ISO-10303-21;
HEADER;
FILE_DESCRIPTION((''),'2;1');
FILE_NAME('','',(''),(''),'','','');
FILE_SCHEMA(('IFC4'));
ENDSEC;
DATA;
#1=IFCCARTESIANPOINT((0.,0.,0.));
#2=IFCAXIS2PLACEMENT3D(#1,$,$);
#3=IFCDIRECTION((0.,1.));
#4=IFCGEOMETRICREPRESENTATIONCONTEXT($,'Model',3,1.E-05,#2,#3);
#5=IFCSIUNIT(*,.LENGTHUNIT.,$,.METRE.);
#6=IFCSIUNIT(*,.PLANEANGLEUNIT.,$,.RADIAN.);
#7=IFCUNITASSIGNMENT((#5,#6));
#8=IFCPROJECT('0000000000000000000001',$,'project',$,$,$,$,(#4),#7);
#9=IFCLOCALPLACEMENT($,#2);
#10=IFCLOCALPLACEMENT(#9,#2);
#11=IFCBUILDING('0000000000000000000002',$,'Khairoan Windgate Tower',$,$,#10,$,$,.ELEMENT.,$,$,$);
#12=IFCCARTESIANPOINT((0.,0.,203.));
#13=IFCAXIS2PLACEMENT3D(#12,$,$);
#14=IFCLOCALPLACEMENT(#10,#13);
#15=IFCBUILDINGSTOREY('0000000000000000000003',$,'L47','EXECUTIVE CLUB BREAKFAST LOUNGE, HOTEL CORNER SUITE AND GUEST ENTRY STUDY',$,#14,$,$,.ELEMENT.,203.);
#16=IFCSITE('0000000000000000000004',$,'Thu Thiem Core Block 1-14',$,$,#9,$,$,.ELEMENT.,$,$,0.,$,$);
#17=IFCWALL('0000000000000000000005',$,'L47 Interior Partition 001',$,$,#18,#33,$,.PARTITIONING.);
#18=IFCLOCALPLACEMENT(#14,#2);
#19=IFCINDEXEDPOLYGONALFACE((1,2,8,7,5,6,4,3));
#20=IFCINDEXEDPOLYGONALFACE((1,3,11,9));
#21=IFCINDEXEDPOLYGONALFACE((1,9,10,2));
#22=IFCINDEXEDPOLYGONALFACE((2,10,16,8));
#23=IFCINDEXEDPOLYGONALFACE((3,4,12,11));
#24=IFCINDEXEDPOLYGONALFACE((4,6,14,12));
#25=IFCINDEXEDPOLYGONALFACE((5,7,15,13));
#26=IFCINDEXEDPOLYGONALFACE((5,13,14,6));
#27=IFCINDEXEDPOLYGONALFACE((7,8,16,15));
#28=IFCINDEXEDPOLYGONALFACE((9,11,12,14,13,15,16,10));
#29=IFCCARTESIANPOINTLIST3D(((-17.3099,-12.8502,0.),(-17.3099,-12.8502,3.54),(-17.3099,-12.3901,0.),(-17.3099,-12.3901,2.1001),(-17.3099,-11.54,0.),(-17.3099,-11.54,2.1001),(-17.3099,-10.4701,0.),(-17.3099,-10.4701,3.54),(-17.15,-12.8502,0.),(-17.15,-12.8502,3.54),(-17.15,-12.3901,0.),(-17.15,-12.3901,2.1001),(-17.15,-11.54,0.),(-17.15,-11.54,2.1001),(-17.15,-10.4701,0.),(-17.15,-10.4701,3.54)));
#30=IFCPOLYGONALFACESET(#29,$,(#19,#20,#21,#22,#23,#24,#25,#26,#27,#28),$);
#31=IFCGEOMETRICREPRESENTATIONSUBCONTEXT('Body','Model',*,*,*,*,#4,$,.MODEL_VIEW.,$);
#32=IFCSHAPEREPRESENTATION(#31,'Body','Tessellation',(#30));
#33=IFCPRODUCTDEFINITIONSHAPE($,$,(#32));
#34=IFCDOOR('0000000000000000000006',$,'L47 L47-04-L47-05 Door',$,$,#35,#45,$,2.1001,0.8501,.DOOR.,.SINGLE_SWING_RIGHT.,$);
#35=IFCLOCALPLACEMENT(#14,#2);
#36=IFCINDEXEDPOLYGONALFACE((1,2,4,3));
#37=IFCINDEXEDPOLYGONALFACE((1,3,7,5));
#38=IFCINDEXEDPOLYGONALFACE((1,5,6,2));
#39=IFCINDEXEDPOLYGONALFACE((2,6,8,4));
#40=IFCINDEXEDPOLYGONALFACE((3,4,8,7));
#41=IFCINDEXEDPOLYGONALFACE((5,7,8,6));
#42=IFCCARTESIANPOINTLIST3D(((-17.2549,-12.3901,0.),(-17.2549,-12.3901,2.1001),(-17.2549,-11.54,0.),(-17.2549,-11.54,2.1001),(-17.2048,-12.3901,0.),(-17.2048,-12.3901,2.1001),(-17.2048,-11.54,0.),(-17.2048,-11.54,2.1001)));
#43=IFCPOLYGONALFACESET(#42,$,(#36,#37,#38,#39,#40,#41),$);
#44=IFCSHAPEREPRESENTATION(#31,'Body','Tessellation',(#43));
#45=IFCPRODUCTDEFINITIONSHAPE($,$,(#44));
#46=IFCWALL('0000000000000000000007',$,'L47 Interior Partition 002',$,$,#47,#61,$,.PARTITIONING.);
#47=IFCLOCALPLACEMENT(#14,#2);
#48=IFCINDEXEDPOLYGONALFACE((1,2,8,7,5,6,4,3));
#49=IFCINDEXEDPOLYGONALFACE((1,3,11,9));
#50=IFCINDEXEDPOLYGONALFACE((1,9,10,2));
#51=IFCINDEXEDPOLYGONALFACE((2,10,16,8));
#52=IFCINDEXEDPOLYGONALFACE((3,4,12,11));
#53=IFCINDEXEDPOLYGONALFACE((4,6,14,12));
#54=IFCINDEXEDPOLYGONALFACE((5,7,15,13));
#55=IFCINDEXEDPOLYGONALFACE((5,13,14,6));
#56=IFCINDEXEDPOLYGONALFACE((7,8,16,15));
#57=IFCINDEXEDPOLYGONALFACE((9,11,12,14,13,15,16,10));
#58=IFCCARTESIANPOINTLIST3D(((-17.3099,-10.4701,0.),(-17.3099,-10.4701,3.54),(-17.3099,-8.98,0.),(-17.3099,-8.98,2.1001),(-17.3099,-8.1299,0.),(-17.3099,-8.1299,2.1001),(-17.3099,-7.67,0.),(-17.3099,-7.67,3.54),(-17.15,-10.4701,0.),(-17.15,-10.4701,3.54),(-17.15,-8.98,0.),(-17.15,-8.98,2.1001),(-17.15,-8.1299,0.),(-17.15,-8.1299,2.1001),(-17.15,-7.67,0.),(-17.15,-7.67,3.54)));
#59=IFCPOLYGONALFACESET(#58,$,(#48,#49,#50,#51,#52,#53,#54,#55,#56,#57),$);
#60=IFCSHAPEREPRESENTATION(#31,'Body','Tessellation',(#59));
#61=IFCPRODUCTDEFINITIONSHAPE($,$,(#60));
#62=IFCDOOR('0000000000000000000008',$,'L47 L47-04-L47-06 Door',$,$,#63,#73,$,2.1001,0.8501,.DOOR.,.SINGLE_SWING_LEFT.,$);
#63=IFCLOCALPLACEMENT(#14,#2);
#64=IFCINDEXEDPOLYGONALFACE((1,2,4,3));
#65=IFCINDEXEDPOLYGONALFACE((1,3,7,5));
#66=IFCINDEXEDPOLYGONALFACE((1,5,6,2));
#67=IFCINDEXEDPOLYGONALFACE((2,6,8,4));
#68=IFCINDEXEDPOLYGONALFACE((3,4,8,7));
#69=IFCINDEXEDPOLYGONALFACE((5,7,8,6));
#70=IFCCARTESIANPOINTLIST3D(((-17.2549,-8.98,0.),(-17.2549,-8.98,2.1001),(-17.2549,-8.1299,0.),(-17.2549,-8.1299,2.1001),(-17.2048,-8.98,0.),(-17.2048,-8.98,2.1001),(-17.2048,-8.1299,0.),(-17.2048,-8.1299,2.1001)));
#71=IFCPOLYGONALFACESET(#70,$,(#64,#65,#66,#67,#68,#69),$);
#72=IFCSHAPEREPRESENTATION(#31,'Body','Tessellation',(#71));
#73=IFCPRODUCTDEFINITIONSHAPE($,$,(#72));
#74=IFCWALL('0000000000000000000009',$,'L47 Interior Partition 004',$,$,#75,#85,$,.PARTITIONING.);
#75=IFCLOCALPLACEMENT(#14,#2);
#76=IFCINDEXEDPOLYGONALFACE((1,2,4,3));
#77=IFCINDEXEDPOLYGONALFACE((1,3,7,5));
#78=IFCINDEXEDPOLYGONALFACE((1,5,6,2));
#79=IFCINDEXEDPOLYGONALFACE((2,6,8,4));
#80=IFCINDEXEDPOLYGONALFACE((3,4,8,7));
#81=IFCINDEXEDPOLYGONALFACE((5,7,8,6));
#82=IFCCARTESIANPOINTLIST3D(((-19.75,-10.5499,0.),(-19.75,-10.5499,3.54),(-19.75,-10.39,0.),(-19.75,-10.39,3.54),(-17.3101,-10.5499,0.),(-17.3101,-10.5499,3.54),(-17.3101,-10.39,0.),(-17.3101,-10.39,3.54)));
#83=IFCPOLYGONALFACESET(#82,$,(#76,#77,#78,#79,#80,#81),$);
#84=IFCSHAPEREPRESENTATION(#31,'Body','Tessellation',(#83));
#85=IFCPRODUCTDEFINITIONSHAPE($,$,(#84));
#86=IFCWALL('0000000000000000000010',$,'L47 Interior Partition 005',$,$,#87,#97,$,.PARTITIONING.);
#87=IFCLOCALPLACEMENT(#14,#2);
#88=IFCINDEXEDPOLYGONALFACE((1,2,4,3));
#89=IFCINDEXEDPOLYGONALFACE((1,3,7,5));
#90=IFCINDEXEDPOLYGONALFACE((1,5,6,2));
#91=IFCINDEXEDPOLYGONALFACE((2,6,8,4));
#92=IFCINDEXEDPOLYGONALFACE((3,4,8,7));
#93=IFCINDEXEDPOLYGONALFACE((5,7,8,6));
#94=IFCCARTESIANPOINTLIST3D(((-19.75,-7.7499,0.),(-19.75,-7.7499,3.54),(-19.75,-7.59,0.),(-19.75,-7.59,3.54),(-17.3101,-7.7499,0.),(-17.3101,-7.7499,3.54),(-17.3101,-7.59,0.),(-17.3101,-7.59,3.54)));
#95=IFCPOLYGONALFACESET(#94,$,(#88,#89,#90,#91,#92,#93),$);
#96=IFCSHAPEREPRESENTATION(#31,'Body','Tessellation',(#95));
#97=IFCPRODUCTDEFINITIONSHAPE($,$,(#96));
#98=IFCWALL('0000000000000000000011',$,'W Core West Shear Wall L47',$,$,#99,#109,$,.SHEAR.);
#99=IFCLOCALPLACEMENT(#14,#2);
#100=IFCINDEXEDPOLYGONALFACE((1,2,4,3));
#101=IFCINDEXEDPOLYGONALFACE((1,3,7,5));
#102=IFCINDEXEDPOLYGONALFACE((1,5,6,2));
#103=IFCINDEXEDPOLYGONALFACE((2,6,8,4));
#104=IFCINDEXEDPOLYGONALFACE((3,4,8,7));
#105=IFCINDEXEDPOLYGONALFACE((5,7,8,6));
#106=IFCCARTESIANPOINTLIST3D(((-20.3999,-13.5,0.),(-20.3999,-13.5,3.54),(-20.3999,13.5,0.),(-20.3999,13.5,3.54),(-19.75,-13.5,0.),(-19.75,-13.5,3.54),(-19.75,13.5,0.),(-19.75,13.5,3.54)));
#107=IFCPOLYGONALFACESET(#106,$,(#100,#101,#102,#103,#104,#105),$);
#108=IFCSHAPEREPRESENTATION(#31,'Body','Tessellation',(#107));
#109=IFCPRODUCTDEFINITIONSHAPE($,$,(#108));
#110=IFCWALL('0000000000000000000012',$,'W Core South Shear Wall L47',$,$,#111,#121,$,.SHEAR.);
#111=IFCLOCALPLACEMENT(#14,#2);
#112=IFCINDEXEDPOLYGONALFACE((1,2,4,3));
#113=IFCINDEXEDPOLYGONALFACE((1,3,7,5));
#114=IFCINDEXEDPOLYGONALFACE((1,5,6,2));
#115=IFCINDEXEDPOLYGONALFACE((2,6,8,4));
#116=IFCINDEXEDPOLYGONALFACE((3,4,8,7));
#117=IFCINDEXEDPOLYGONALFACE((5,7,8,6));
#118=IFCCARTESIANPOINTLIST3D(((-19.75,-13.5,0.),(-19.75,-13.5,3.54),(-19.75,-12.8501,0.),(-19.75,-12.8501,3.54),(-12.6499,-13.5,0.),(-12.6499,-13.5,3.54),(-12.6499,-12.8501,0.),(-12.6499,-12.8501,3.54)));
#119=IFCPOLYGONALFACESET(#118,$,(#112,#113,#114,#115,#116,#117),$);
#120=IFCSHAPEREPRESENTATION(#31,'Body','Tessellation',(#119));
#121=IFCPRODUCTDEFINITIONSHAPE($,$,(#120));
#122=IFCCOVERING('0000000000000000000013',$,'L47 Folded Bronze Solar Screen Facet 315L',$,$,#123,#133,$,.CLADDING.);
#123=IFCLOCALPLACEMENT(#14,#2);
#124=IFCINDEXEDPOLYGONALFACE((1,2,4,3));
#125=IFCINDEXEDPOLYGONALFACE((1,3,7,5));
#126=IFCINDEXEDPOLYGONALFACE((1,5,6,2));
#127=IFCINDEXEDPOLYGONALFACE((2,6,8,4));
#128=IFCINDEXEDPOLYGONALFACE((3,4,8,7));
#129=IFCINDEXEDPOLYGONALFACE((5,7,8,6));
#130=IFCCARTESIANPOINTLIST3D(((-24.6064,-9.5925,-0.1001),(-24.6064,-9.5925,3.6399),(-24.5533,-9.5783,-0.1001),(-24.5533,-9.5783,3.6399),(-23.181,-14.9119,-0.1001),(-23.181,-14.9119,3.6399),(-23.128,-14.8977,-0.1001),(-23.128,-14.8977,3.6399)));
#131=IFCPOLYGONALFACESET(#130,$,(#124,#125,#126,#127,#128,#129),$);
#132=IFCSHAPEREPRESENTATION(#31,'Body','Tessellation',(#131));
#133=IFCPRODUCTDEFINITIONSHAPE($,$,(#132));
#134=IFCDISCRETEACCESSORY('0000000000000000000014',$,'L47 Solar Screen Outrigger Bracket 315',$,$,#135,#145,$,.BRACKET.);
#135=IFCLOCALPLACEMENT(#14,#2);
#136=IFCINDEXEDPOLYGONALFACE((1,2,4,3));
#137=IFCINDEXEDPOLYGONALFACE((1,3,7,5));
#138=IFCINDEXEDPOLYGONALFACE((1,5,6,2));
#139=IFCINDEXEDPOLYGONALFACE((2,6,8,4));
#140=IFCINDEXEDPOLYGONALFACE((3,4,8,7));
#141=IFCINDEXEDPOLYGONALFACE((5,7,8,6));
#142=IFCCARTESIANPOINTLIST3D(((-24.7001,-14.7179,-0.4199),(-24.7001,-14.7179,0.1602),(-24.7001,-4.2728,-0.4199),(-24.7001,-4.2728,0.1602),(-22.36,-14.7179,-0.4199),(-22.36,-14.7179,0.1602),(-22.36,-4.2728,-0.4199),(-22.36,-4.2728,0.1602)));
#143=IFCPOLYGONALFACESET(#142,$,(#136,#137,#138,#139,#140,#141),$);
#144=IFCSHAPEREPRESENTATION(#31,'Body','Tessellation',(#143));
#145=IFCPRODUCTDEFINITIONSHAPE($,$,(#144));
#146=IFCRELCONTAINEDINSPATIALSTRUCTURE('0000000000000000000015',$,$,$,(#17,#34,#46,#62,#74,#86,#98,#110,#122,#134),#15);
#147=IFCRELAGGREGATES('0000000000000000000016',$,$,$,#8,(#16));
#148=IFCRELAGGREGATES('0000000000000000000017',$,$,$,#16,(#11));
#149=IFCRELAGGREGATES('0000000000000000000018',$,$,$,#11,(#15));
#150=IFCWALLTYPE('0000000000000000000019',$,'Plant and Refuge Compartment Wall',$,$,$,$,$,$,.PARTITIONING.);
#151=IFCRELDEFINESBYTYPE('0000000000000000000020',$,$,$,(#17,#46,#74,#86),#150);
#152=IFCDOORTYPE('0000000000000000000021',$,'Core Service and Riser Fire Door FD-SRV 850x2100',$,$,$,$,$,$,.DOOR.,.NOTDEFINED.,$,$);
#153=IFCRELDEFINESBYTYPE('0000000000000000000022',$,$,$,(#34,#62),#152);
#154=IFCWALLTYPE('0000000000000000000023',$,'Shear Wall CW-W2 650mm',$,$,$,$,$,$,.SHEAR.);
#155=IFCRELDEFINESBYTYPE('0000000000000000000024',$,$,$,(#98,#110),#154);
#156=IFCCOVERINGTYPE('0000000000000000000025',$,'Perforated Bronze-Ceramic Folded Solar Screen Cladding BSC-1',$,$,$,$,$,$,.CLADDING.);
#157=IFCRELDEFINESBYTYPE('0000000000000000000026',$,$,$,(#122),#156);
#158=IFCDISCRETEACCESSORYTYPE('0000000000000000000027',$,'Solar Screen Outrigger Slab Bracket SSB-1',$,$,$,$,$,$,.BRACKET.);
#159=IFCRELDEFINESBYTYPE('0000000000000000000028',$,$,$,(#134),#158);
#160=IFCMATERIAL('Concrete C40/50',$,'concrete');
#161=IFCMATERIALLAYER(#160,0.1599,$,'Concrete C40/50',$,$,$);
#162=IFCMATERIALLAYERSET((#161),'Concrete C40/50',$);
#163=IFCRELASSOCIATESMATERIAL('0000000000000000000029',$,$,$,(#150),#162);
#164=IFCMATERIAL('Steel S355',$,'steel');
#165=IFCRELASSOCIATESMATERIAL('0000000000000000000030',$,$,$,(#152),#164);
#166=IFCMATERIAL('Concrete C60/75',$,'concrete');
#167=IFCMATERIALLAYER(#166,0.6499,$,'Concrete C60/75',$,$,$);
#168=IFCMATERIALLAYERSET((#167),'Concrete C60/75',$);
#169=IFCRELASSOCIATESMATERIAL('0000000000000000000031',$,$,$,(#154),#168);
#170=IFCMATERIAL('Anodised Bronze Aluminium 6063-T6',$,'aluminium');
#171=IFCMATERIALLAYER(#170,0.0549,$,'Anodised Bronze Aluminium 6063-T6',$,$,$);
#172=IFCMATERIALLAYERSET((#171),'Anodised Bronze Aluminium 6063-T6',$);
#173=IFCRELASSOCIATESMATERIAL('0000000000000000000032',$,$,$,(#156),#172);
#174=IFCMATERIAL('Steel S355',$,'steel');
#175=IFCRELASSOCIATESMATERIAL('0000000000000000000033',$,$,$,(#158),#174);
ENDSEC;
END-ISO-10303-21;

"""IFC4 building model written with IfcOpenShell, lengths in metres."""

from ifc_helpers import new_model, si_unit, direction, frame, frame_2d, origin, origin_2d, place, context, subcontext, project, spatial, rectangle, extrude, material, layer, layer_set, type_object, element, fill, save


model = new_model("IFC4")

# Units and contexts
model_context = context("Model", 3, precision=1e-05, world=origin(), true_north=direction((0.0, 1.0)))
body_context = subcontext(model_context, "Body", "Model", "MODEL_VIEW")
ifc_project = project(units=[si_unit("LENGTHUNIT", "METRE"), si_unit("PLANEANGLEUNIT", "RADIAN")], contexts=[model_context])

# Site, building, storey
site_placement = place(None, origin())
site = spatial("IfcSite", under=ifc_project, at=site_placement, Name="Thu Thiem Core Block 1-14", CompositionType="ELEMENT", RefElevation=0.0)
building_placement = place(site_placement, origin())
building = spatial("IfcBuilding", under=site, at=building_placement, Name="Khairoan Windgate Tower", CompositionType="ELEMENT")
storey_placement = place(building_placement, frame((0.0, 0.0, 203.0)))
storey = spatial("IfcBuildingStorey", under=building, at=storey_placement, Name="L47", Description="EXECUTIVE CLUB BREAKFAST LOUNGE, HOTEL CORNER SUITE AND GUEST ENTRY STUDY", CompositionType="ELEMENT", Elevation=203.0)

# Walls, openings, doors
ifc_material_1 = material(Name="Concrete C40/50", Category="concrete")
ifc_layer_1 = layer(ifc_material_1, 0.1599, Name="Concrete C40/50")
ifc_layer_set_1 = layer_set([ifc_layer_1], Name="Concrete C40/50")
wall_type_1 = type_object("IfcWallType", Name="Plant and Refuge Compartment Wall", PredefinedType="PARTITIONING", material=ifc_layer_set_1)
wall_1_placement = place(storey_placement, frame((-17.23, -12.8501, 0.0), z_axis=(0.0, 0.0, 1.0), x_axis=(0.0, 1.0, 0.0)))
wall_1 = element("IfcWall", 1, at=wall_1_placement, inside=storey, type_object=wall_type_1, Name="L47 Interior Partition 001", PredefinedType="PARTITIONING", context=body_context, shape_type="SweptSolid", body=[
    extrude(rectangle(XDim=2.3801, YDim=0.1599, at=frame_2d((1.1899, 0.0))), origin(), (0.0, 0.0, 1.0), 3.54),
])
opening_1_placement = place(wall_1_placement, frame((0.46, 0.0, 0.0)))
opening_1 = element("IfcOpeningElement", 2, at=opening_1_placement, cuts=wall_1, PredefinedType="OPENING", context=body_context, shape_type="SweptSolid", body=[
    extrude(rectangle(XDim=0.8501, YDim=2.1001, at=frame_2d((0.425, 1.05))), frame((0.0, 0.0898, 0.0), z_axis=(0.0, -1.0, 0.0), x_axis=(1.0, 0.0, 0.0)), (0.0, 0.0, 1.0), 0.1799),
])
ifc_material_2 = material(Name="Steel S355", Category="steel")
door_type_1 = type_object("IfcDoorType", Name="Core Service and Riser Fire Door FD-SRV 850x2100", OperationType="NOTDEFINED", PredefinedType="DOOR", material=ifc_material_2)
door_1_placement = place(opening_1_placement, origin())
door_1 = element("IfcDoor", 3, at=door_1_placement, inside=storey, type_object=door_type_1, Name="L47 L47-04-L47-05 Door", OperationType="SINGLE_SWING_RIGHT", OverallHeight=2.1001, OverallWidth=0.8501, PredefinedType="DOOR", context=body_context, shape_type="SweptSolid", body=[
    extrude(rectangle(XDim=0.8501, YDim=2.1001, at=frame_2d((0.425, 1.05))), frame((0.0, 0.0249, 0.0), z_axis=(0.0, -1.0, 0.0), x_axis=(1.0, 0.0, 0.0)), (0.0, 0.0, 1.0), 0.05),
])
fill(opening_1, door_1)
wall_2_placement = place(storey_placement, frame((-17.23, -10.47, 0.0), z_axis=(0.0, 0.0, 1.0), x_axis=(0.0, 1.0, 0.0)))
wall_2 = element("IfcWall", 4, at=wall_2_placement, inside=storey, type_object=wall_type_1, Name="L47 Interior Partition 002", PredefinedType="PARTITIONING", context=body_context, shape_type="SweptSolid", body=[
    extrude(rectangle(XDim=2.8, YDim=0.1599, at=frame_2d((1.3999, 0.0))), origin(), (0.0, 0.0, 1.0), 3.54),
])
opening_2_placement = place(wall_2_placement, frame((1.49, 0.0, 0.0)))
opening_2 = element("IfcOpeningElement", 5, at=opening_2_placement, cuts=wall_2, PredefinedType="OPENING", context=body_context, shape_type="SweptSolid", body=[
    extrude(rectangle(XDim=0.8501, YDim=2.1001, at=frame_2d((0.425, 1.05))), frame((0.0, 0.0898, 0.0), z_axis=(0.0, -1.0, 0.0), x_axis=(1.0, 0.0, 0.0)), (0.0, 0.0, 1.0), 0.1799),
])
door_2_placement = place(opening_2_placement, origin())
door_2 = element("IfcDoor", 6, at=door_2_placement, inside=storey, type_object=door_type_1, Name="L47 L47-04-L47-06 Door", OperationType="SINGLE_SWING_LEFT", OverallHeight=2.1001, OverallWidth=0.8501, PredefinedType="DOOR", context=body_context, shape_type="SweptSolid", body=[
    extrude(rectangle(XDim=0.8501, YDim=2.1001, at=frame_2d((0.425, 1.05))), frame((0.0, 0.0249, 0.0), z_axis=(0.0, -1.0, 0.0), x_axis=(1.0, 0.0, 0.0)), (0.0, 0.0, 1.0), 0.05),
])
fill(opening_2, door_2)

# Walls
for number, where, z_axis, x_axis, name in (
    (7, (-19.75, -10.47, 0.0), (0.0, 0.0, 1.0), (1.0, 0.0, 0.0), "L47 Interior Partition 004"),
    (8, (-19.75, -7.6699, 0.0), (0.0, 0.0, 1.0), (1.0, 0.0, 0.0), "L47 Interior Partition 005"),
):
    element("IfcWall", number, at=place(storey_placement, frame(where, z_axis=z_axis, x_axis=x_axis)), inside=storey, type_object=wall_type_1, Name=name, PredefinedType="PARTITIONING", context=body_context, shape_type="SweptSolid", body=[
        extrude(rectangle(XDim=2.4399, YDim=0.1599, at=frame_2d((1.22, 0.0))), origin(), (0.0, 0.0, 1.0), 3.54),
    ])
ifc_material_3 = material(Name="Concrete C60/75", Category="concrete")
ifc_layer_2 = layer(ifc_material_3, 0.6499, Name="Concrete C60/75")
ifc_layer_set_2 = layer_set([ifc_layer_2], Name="Concrete C60/75")
wall_type_2 = type_object("IfcWallType", Name="Shear Wall CW-W2 650mm", PredefinedType="SHEAR", material=ifc_layer_set_2)
wall_3_placement = place(storey_placement, frame((-20.075, -13.5, 0.0), z_axis=(0.0, 0.0, 1.0), x_axis=(0.0, 1.0, 0.0)))
element("IfcWall", 9, at=wall_3_placement, inside=storey, type_object=wall_type_2, Name="W Core West Shear Wall L47", PredefinedType="SHEAR", context=body_context, shape_type="SweptSolid", body=[
    extrude(rectangle(XDim=27.0, YDim=0.6499, at=frame_2d((13.5, 0.0))), origin(), (0.0, 0.0, 1.0), 3.54),
])
wall_4_placement = place(storey_placement, frame((-19.75, -13.175, 0.0), z_axis=(0.0, 0.0, 1.0), x_axis=(1.0, 0.0, 0.0)))
element("IfcWall", 10, at=wall_4_placement, inside=storey, type_object=wall_type_2, Name="W Core South Shear Wall L47", PredefinedType="SHEAR", context=body_context, shape_type="SweptSolid", body=[
    extrude(rectangle(XDim=7.1001, YDim=0.6499, at=frame_2d((3.55, 0.0))), origin(), (0.0, 0.0, 1.0), 3.54),
])

# Covering
ifc_material_4 = material(Name="Anodised Bronze Aluminium 6063-T6", Category="aluminium")
ifc_layer_3 = layer(ifc_material_4, 0.0549, Name="Anodised Bronze Aluminium 6063-T6")
ifc_layer_set_3 = layer_set([ifc_layer_3], Name="Anodised Bronze Aluminium 6063-T6")
covering_type = type_object("IfcCoveringType", Name="Perforated Bronze-Ceramic Folded Solar Screen Cladding BSC-1", PredefinedType="CLADDING", material=ifc_layer_set_3)
covering_placement = place(storey_placement, frame((-23.8672, -12.2451, -0.1001), z_axis=(0.0, 0.0, 1.0), x_axis=(-0.258819, 0.965926, 0.0)))
element("IfcCovering", 11, at=covering_placement, inside=storey, type_object=covering_type, Name="L47 Folded Bronze Solar Screen Facet 315L", PredefinedType="CLADDING", context=body_context, shape_type="SweptSolid", body=[
    extrude(rectangle(XDim=5.5071, YDim=0.0549, at=origin_2d()), origin(), (0.0, 0.0, 1.0), 3.74),
])

# Discrete accessory
ifc_material_5 = material(Name="Steel S355", Category="steel")
discrete_accessory_type = type_object("IfcDiscreteAccessoryType", Name="Solar Screen Outrigger Slab Bracket SSB-1", PredefinedType="BRACKET", material=ifc_material_5)
discrete_accessory_placement = place(storey_placement, frame((-23.53, -9.4954, -0.4199), z_axis=(0.0, 0.0, 1.0), x_axis=(0.0, 1.0, 0.0)))
element("IfcDiscreteAccessory", 12, at=discrete_accessory_placement, inside=storey, type_object=discrete_accessory_type, Name="L47 Solar Screen Outrigger Bracket 315", PredefinedType="BRACKET", context=body_context, shape_type="SweptSolid", body=[
    extrude(rectangle(XDim=10.4451, YDim=2.3401, at=origin_2d()), origin(), (0.0, 0.0, 1.0), 0.5801),
])

save(model, "model.ifc")
